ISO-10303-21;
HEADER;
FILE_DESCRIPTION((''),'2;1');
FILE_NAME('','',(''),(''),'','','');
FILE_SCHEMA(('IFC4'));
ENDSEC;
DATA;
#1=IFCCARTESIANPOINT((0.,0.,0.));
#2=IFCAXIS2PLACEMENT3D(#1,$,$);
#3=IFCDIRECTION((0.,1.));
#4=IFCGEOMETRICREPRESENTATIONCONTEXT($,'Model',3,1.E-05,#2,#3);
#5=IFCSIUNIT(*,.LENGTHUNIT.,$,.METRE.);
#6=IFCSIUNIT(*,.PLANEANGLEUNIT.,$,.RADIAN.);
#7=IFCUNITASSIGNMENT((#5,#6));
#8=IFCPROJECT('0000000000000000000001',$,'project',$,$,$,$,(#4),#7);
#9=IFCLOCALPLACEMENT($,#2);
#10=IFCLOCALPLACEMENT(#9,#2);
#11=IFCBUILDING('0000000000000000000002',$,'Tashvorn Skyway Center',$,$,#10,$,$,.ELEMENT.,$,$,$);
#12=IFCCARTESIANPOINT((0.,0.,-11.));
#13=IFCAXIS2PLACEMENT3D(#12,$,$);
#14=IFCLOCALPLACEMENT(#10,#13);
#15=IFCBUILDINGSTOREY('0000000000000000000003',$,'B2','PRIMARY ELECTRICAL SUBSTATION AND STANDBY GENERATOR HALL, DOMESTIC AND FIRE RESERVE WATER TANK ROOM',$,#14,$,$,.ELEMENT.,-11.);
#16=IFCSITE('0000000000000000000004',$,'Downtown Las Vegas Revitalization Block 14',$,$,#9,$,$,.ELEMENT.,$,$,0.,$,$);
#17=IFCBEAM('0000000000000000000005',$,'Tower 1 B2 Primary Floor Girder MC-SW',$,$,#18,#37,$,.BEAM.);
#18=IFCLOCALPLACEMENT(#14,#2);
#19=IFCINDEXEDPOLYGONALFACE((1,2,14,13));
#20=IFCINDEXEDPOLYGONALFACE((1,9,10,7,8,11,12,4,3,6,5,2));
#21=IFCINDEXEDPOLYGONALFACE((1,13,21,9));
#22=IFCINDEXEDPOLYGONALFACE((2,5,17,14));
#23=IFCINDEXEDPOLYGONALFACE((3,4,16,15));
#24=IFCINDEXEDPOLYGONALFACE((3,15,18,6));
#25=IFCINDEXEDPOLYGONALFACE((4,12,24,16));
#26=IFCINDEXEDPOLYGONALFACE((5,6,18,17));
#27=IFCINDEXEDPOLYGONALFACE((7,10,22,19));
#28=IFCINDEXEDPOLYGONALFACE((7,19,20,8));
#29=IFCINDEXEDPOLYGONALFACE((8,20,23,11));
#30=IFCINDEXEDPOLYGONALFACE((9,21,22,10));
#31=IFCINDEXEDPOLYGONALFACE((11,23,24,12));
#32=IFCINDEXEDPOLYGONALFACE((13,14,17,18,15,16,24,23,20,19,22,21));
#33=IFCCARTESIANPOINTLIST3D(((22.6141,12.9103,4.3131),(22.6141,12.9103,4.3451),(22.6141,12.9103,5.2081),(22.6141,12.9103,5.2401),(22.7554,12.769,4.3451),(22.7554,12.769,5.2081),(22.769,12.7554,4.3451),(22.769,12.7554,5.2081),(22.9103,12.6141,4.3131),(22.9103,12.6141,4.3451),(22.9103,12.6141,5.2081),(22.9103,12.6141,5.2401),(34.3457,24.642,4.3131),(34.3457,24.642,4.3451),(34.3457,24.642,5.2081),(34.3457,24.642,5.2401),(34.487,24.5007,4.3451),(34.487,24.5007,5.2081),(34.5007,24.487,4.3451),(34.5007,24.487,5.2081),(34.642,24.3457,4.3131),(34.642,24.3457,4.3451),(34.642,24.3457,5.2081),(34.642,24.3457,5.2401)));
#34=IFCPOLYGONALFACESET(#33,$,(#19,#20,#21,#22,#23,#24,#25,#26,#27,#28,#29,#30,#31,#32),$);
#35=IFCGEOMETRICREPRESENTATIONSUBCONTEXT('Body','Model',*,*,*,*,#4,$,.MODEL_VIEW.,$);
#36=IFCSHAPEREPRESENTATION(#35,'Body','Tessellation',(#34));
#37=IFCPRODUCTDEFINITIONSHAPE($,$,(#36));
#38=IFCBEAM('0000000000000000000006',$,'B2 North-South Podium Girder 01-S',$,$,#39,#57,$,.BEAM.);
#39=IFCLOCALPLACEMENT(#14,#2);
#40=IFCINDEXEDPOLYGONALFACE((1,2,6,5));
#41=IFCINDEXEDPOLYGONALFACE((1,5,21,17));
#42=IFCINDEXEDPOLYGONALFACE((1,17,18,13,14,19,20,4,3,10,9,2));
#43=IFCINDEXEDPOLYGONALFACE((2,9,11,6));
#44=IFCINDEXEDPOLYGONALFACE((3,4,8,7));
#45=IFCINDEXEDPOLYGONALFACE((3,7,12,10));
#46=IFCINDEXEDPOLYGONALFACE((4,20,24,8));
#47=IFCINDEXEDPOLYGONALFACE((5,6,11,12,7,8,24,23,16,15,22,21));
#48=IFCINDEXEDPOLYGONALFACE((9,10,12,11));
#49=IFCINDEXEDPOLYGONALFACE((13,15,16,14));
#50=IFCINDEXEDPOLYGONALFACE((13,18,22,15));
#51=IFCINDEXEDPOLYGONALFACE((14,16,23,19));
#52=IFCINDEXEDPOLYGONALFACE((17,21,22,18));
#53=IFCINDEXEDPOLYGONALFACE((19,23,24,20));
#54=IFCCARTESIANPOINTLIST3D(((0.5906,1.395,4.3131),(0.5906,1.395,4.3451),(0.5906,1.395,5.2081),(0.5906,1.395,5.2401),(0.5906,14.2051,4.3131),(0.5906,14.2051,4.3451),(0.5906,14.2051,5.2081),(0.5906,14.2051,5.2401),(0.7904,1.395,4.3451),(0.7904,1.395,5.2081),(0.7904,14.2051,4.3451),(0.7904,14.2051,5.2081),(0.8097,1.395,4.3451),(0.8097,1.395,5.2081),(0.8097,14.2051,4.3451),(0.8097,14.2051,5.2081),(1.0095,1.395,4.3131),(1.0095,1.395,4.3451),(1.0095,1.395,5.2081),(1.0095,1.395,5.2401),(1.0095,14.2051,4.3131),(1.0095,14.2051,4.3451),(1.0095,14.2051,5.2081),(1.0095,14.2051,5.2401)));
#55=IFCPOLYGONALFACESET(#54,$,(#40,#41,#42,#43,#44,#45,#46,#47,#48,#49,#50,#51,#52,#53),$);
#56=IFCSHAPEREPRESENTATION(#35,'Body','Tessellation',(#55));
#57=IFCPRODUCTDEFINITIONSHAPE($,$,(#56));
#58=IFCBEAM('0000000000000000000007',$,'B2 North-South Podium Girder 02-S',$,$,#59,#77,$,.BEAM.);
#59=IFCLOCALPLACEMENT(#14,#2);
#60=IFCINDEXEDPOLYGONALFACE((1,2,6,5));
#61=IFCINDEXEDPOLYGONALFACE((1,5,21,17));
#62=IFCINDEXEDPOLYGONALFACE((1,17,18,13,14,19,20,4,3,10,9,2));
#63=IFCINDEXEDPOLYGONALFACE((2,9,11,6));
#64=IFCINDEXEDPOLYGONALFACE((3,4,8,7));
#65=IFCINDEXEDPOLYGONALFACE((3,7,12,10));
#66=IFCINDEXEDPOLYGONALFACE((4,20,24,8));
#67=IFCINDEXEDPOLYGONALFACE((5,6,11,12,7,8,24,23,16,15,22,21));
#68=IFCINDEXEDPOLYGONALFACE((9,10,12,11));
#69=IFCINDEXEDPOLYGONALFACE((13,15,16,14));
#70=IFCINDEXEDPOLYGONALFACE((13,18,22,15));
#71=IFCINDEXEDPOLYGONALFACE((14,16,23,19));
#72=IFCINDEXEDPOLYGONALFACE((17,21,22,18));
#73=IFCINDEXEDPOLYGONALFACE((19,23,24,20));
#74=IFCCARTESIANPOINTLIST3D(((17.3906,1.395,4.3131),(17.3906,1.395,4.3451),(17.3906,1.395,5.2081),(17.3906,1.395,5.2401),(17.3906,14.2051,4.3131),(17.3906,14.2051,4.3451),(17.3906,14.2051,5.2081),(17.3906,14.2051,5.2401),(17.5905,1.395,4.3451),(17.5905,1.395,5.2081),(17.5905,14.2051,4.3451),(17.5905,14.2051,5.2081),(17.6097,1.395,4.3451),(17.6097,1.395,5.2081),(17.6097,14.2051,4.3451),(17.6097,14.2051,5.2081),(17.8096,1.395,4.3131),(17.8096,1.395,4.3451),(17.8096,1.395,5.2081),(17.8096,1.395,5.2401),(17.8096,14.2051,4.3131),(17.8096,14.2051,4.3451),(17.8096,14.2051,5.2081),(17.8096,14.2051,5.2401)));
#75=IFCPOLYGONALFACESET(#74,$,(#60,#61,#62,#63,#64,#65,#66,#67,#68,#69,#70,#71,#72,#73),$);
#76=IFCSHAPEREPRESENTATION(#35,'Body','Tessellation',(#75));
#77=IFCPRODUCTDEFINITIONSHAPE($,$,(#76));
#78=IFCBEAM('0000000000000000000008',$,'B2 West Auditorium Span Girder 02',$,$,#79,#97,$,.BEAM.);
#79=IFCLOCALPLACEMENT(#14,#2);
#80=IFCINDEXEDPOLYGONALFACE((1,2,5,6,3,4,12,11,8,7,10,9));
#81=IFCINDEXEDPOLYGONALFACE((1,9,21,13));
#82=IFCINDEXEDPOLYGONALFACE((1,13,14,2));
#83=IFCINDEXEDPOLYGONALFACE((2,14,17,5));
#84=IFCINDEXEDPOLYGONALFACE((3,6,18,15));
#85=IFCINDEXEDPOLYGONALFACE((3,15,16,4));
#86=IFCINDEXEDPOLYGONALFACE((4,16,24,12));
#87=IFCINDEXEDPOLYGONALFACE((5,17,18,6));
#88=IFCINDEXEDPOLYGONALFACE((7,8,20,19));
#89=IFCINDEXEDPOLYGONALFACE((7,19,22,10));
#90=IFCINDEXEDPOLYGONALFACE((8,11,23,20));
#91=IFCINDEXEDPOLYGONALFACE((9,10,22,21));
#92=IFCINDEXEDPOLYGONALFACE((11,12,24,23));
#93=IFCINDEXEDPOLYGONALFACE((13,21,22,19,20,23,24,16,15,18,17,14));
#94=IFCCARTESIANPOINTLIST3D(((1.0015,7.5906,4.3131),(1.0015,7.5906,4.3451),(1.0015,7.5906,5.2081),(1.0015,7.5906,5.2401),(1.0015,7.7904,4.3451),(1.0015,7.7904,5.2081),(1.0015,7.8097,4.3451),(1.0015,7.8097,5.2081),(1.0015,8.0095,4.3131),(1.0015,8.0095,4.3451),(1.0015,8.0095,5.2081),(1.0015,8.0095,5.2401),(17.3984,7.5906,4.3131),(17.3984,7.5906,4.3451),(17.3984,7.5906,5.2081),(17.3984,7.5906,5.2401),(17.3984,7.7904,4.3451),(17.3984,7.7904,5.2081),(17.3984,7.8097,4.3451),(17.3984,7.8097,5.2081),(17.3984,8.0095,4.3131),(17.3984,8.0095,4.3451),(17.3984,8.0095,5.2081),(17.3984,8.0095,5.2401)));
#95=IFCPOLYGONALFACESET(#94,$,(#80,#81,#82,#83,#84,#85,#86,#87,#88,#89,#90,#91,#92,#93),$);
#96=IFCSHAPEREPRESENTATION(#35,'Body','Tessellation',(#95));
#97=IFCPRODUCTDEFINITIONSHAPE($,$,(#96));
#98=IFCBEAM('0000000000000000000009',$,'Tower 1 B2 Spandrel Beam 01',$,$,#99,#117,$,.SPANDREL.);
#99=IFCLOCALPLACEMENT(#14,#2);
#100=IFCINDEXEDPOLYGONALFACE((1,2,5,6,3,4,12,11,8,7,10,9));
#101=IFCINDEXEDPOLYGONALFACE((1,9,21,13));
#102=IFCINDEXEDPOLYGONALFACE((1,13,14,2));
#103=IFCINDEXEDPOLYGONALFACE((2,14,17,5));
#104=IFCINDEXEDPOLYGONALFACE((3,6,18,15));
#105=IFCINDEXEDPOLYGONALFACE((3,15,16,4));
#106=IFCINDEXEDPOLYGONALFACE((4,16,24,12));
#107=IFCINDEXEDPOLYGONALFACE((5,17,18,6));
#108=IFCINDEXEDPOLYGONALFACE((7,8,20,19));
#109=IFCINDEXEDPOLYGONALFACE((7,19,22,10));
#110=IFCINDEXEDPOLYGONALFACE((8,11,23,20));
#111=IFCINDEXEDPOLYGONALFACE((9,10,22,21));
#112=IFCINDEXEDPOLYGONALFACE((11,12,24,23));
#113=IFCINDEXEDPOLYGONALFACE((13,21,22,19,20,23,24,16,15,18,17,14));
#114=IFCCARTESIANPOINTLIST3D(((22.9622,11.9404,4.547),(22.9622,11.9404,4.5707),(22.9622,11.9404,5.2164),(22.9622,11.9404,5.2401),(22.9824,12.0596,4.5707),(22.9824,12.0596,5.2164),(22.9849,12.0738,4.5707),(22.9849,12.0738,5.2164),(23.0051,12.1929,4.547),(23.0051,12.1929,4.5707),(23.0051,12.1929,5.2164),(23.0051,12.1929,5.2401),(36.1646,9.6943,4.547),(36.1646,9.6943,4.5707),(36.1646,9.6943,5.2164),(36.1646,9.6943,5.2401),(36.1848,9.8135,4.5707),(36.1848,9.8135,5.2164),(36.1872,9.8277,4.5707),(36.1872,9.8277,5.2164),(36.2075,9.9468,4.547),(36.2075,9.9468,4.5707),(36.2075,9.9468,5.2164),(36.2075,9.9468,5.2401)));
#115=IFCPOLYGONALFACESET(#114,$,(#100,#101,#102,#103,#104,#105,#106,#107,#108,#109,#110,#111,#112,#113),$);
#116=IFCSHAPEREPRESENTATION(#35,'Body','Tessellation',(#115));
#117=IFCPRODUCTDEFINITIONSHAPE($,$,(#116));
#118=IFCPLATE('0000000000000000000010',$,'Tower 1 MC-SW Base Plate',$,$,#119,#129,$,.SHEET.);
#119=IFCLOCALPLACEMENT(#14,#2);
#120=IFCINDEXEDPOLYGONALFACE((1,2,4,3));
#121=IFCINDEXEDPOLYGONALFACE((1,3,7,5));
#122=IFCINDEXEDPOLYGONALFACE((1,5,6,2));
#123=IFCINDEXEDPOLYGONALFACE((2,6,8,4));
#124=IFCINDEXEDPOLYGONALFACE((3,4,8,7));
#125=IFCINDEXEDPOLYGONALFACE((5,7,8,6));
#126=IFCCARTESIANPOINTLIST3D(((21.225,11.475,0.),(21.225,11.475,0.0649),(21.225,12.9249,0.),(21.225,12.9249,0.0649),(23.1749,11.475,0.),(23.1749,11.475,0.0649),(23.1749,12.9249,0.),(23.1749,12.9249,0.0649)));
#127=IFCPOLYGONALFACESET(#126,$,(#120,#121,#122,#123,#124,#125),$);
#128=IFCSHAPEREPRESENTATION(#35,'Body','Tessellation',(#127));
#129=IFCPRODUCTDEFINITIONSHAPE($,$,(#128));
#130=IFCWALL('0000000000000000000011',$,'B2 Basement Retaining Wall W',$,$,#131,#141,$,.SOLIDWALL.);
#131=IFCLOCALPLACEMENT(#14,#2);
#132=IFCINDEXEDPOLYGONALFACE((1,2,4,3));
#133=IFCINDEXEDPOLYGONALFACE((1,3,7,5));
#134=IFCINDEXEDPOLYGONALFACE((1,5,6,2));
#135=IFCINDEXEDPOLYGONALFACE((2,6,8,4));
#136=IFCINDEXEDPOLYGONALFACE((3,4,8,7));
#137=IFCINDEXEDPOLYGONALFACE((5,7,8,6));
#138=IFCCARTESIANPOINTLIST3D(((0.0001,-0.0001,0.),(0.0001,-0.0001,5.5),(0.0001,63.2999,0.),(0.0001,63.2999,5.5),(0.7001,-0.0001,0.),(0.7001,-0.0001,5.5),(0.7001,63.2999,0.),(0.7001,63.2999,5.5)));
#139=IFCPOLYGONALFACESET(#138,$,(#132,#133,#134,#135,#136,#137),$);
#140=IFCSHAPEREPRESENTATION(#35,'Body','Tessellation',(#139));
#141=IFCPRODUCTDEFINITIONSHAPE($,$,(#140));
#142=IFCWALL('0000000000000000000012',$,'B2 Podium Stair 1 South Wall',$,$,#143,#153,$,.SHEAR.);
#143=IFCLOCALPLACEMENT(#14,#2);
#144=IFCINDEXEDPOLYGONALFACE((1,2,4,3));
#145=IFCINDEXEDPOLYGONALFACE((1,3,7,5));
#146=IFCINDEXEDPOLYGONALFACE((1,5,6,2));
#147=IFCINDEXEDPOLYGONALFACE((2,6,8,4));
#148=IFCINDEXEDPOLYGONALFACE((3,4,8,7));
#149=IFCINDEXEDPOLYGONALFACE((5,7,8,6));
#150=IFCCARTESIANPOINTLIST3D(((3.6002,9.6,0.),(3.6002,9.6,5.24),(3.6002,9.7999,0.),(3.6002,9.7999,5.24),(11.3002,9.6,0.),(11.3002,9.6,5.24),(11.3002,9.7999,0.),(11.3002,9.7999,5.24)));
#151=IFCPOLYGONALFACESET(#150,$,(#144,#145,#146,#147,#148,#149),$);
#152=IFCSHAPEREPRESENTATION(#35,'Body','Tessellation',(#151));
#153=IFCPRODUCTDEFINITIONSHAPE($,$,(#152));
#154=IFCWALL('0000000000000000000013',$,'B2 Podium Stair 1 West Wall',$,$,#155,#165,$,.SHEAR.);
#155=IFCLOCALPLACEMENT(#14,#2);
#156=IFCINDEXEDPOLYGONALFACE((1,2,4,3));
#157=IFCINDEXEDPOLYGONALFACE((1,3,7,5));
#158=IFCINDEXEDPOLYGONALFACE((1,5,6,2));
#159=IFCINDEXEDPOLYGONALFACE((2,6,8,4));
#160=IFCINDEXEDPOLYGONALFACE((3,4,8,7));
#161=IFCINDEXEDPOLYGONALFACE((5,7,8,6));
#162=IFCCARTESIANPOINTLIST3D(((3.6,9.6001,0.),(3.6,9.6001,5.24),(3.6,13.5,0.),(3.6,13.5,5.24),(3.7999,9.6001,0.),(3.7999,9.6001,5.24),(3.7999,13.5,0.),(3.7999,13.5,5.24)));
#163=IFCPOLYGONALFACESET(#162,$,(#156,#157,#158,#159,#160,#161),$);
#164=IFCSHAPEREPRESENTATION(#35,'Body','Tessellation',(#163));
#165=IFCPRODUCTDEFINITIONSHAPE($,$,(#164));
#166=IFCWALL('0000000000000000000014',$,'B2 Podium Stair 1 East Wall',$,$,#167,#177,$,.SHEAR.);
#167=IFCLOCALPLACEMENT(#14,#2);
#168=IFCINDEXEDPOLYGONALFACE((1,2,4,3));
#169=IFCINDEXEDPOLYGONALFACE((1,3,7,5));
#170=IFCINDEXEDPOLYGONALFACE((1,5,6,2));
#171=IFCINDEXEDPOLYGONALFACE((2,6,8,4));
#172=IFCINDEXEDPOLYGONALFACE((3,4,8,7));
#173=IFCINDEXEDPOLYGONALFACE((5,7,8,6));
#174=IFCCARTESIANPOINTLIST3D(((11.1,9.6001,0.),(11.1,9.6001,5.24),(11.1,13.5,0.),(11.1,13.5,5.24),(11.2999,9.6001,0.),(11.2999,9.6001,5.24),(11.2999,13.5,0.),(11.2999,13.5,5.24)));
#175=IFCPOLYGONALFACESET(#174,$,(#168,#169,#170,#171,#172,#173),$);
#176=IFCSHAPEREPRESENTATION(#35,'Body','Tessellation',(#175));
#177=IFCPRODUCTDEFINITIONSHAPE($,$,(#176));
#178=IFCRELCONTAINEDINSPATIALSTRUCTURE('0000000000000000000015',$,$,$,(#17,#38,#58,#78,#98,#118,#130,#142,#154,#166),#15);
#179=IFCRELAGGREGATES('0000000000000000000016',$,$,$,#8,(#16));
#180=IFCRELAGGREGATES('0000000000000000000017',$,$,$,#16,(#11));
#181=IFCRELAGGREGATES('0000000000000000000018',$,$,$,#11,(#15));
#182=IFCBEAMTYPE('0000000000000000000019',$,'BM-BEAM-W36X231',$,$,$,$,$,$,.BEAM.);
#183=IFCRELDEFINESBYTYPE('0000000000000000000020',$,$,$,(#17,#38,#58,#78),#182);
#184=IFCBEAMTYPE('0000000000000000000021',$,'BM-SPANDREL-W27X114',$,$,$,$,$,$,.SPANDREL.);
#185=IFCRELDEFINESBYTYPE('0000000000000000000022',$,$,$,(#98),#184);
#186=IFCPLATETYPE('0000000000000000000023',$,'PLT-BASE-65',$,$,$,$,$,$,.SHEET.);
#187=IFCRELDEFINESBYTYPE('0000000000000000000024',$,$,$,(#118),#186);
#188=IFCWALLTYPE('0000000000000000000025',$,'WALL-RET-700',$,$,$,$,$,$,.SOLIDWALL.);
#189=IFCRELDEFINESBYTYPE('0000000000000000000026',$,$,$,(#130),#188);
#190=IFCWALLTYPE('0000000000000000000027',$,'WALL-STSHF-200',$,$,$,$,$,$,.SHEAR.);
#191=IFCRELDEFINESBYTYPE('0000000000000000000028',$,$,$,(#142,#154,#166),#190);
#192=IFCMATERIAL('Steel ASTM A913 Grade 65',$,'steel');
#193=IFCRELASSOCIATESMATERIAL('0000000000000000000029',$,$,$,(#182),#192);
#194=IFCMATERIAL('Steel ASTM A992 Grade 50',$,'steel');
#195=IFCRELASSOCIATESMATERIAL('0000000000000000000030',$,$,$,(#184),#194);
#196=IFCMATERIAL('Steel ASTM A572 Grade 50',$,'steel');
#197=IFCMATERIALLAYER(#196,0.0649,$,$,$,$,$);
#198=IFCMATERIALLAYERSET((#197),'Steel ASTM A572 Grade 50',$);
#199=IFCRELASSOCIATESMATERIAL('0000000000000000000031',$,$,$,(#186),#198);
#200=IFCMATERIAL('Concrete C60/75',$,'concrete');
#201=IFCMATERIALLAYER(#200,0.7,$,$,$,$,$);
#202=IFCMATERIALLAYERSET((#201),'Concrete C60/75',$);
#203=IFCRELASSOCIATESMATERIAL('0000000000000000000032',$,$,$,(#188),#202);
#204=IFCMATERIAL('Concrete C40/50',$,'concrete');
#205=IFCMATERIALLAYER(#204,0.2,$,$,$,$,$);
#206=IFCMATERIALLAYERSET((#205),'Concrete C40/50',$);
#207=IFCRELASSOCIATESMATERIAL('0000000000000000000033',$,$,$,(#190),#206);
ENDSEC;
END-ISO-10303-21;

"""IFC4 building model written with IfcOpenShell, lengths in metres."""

from ifc_helpers import new_model, si_unit, direction, frame, frame_2d, origin, origin_2d, place, context, subcontext, project, spatial, rectangle, i_section, extrude, material, layer, layer_set, material_profile, profile_set, type_object, element, save


model = new_model("IFC4")

# Units and contexts
model_context = context("Model", 3, precision=1e-05, world=origin(), true_north=direction((0.0, 1.0)))
body_context = subcontext(model_context, "Body", "Model", "MODEL_VIEW")
ifc_project = project(units=[si_unit("LENGTHUNIT", "METRE"), si_unit("PLANEANGLEUNIT", "RADIAN")], contexts=[model_context])

# Site, building, storey
site_placement = place(None, origin())
site = spatial("IfcSite", under=ifc_project, at=site_placement, Name="Downtown Las Vegas Revitalization Block 14", CompositionType="ELEMENT", RefElevation=0.0)
building_placement = place(site_placement, origin())
building = spatial("IfcBuilding", under=site, at=building_placement, Name="Tashvorn Skyway Center", CompositionType="ELEMENT")
storey_placement = place(building_placement, frame((0.0, 0.0, -11.0)))
storey = spatial("IfcBuildingStorey", under=building, at=storey_placement, Name="B2", Description="PRIMARY ELECTRICAL SUBSTATION AND STANDBY GENERATOR HALL, DOMESTIC AND FIRE RESERVE WATER TANK ROOM", CompositionType="ELEMENT", Elevation=-11.0)

# Shared definitions
ifc_material_1 = material(Name="Steel ASTM A572 Grade 50", Category="steel")

# Beams
ifc_material_2 = material(Name="Steel ASTM A992 Grade 50", Category="steel")
ifc_material_3 = material(Name="Steel ASTM A913 Grade 65", Category="steel")
ifc_material_profile_1 = material_profile(ifc_material_3, i_section(OverallWidth=0.4189, OverallDepth=0.927, WebThickness=0.0193, FlangeThickness=0.032, at=origin_2d()), Name="W36X231")
ifc_profile_set_1 = profile_set([ifc_material_profile_1], Name="Steel ASTM A913 Grade 65")
beam_type_1 = type_object("IfcBeamType", Name="BM-BEAM-W36X231", PredefinedType="BEAM", material=ifc_profile_set_1)
beam_1_placement = place(storey_placement, frame((22.7622, 12.7622, 4.7766), z_axis=(0.707107, 0.707107, 0.0), x_axis=(-0.707107, 0.707107, 0.0)))
element("IfcBeam", 1, at=beam_1_placement, inside=storey, type_object=beam_type_1, Name="Tower 1 B2 Primary Floor Girder MC-SW", PredefinedType="BEAM", context=body_context, shape_type="SweptSolid", body=[
    extrude(i_section(OverallWidth=0.4189, OverallDepth=0.927, WebThickness=0.0193, FlangeThickness=0.032, at=origin_2d()), origin(), (0.0, 0.0, 1.0), 16.5911),
])
for number, where, z_axis, x_axis, name in (
    (2, (0.8, 1.395, 4.7766), (0.0, 1.0, 0.0), (-1.0, 0.0, 0.0), "B2 North-South Podium Girder 01-S"),
    (3, (17.6001, 1.395, 4.7766), (0.0, 1.0, 0.0), (-1.0, 0.0, 0.0), "B2 North-South Podium Girder 02-S"),
):
    element("IfcBeam", number, at=place(storey_placement, frame(where, z_axis=z_axis, x_axis=x_axis)), inside=storey, type_object=beam_type_1, Name=name, PredefinedType="BEAM", context=body_context, shape_type="SweptSolid", body=[
        extrude(i_section(OverallWidth=0.4189, OverallDepth=0.927, WebThickness=0.0193, FlangeThickness=0.032, at=origin_2d()), origin(), (0.0, 0.0, 1.0), 12.8101),
    ])
beam_2_placement = place(storey_placement, frame((1.0015, 7.8, 4.7766), z_axis=(1.0, 0.0, 0.0), x_axis=(0.0, 1.0, 0.0)))
element("IfcBeam", 4, at=beam_2_placement, inside=storey, type_object=beam_type_1, Name="B2 West Auditorium Span Girder 02", PredefinedType="BEAM", context=body_context, shape_type="SweptSolid", body=[
    extrude(i_section(OverallWidth=0.4189, OverallDepth=0.927, WebThickness=0.0193, FlangeThickness=0.032, at=origin_2d()), origin(), (0.0, 0.0, 1.0), 16.397),
])
ifc_material_profile_2 = material_profile(ifc_material_2, i_section(OverallWidth=0.2561, OverallDepth=0.6931, WebThickness=0.0144, FlangeThickness=0.0237, at=origin_2d()), Name="W27X114")
ifc_profile_set_2 = profile_set([ifc_material_profile_2], Name="Steel ASTM A992 Grade 50")
beam_type_2 = type_object("IfcBeamType", Name="BM-SPANDREL-W27X114", PredefinedType="SPANDREL", material=ifc_profile_set_2)
beam_3_placement = place(storey_placement, frame((22.9836, 12.0667, 4.8936), z_axis=(0.985835, -0.167718, 0.0), x_axis=(0.167718, 0.985835, 0.0)))
element("IfcBeam", 5, at=beam_3_placement, inside=storey, type_object=beam_type_2, Name="Tower 1 B2 Spandrel Beam 01", PredefinedType="SPANDREL", context=body_context, shape_type="SweptSolid", body=[
    extrude(i_section(OverallWidth=0.2561, OverallDepth=0.6931, WebThickness=0.0144, FlangeThickness=0.0237, at=origin_2d()), origin(), (0.0, 0.0, 1.0), 13.3921),
])

# Plate
ifc_layer_1 = layer(ifc_material_1, 0.0649)
ifc_layer_set_1 = layer_set([ifc_layer_1], Name="Steel ASTM A572 Grade 50")
plate_type = type_object("IfcPlateType", Name="PLT-BASE-65", PredefinedType="SHEET", material=ifc_layer_set_1)
plate_placement = place(storey_placement, frame((22.2, 12.2, 0.0), z_axis=(0.0, 0.0, 1.0), x_axis=(1.0, 0.0, 0.0)))
element("IfcPlate", 6, at=plate_placement, inside=storey, type_object=plate_type, Name="Tower 1 MC-SW Base Plate", PredefinedType="SHEET", context=body_context, shape_type="SweptSolid", body=[
    extrude(rectangle(XDim=1.95, YDim=1.45, at=origin_2d()), origin(), (0.0, 0.0, 1.0), 0.0649),
])

# Walls
ifc_material_4 = material(Name="Concrete C60/75", Category="concrete")
ifc_layer_2 = layer(ifc_material_4, 0.7)
ifc_layer_set_2 = layer_set([ifc_layer_2], Name="Concrete C60/75")
wall_type_1 = type_object("IfcWallType", Name="WALL-RET-700", PredefinedType="SOLIDWALL", material=ifc_layer_set_2)
wall_1_placement = place(storey_placement, frame((0.3501, 0.0, 0.0), z_axis=(0.0, 0.0, 1.0), x_axis=(0.0, 1.0, 0.0)))
element("IfcWall", 7, at=wall_1_placement, inside=storey, type_object=wall_type_1, Name="B2 Basement Retaining Wall W", PredefinedType="SOLIDWALL", context=body_context, shape_type="SweptSolid", body=[
    extrude(rectangle(XDim=63.3, YDim=0.7, at=frame_2d((31.6499, 0.0))), origin(), (0.0, 0.0, 1.0), 5.5),
])
ifc_material_5 = material(Name="Concrete C40/50", Category="concrete")
ifc_layer_3 = layer(ifc_material_5, 0.2)
ifc_layer_set_3 = layer_set([ifc_layer_3], Name="Concrete C40/50")
wall_type_2 = type_object("IfcWallType", Name="WALL-STSHF-200", PredefinedType="SHEAR", material=ifc_layer_set_3)
wall_2_placement = place(storey_placement, frame((3.6001, 9.7, 0.0), z_axis=(0.0, 0.0, 1.0), x_axis=(1.0, 0.0, 0.0)))
element("IfcWall", 8, at=wall_2_placement, inside=storey, type_object=wall_type_2, Name="B2 Podium Stair 1 South Wall", PredefinedType="SHEAR", context=body_context, shape_type="SweptSolid", body=[
    extrude(rectangle(XDim=7.7, YDim=0.2, at=frame_2d((3.8501, 0.0))), origin(), (0.0, 0.0, 1.0), 5.24),
])
for number, where, z_axis, x_axis, name in (
    (9, (3.7, 9.6001, 0.0), (0.0, 0.0, 1.0), (0.0, 1.0, 0.0), "B2 Podium Stair 1 West Wall"),
    (10, (11.2, 9.6001, 0.0), (0.0, 0.0, 1.0), (0.0, 1.0, 0.0), "B2 Podium Stair 1 East Wall"),
):
    element("IfcWall", number, at=place(storey_placement, frame(where, z_axis=z_axis, x_axis=x_axis)), inside=storey, type_object=wall_type_2, Name=name, PredefinedType="SHEAR", context=body_context, shape_type="SweptSolid", body=[
        extrude(rectangle(XDim=3.8999, YDim=0.2, at=frame_2d((1.95, 0.0))), origin(), (0.0, 0.0, 1.0), 5.24),
    ])

save(model, "model.ifc")
